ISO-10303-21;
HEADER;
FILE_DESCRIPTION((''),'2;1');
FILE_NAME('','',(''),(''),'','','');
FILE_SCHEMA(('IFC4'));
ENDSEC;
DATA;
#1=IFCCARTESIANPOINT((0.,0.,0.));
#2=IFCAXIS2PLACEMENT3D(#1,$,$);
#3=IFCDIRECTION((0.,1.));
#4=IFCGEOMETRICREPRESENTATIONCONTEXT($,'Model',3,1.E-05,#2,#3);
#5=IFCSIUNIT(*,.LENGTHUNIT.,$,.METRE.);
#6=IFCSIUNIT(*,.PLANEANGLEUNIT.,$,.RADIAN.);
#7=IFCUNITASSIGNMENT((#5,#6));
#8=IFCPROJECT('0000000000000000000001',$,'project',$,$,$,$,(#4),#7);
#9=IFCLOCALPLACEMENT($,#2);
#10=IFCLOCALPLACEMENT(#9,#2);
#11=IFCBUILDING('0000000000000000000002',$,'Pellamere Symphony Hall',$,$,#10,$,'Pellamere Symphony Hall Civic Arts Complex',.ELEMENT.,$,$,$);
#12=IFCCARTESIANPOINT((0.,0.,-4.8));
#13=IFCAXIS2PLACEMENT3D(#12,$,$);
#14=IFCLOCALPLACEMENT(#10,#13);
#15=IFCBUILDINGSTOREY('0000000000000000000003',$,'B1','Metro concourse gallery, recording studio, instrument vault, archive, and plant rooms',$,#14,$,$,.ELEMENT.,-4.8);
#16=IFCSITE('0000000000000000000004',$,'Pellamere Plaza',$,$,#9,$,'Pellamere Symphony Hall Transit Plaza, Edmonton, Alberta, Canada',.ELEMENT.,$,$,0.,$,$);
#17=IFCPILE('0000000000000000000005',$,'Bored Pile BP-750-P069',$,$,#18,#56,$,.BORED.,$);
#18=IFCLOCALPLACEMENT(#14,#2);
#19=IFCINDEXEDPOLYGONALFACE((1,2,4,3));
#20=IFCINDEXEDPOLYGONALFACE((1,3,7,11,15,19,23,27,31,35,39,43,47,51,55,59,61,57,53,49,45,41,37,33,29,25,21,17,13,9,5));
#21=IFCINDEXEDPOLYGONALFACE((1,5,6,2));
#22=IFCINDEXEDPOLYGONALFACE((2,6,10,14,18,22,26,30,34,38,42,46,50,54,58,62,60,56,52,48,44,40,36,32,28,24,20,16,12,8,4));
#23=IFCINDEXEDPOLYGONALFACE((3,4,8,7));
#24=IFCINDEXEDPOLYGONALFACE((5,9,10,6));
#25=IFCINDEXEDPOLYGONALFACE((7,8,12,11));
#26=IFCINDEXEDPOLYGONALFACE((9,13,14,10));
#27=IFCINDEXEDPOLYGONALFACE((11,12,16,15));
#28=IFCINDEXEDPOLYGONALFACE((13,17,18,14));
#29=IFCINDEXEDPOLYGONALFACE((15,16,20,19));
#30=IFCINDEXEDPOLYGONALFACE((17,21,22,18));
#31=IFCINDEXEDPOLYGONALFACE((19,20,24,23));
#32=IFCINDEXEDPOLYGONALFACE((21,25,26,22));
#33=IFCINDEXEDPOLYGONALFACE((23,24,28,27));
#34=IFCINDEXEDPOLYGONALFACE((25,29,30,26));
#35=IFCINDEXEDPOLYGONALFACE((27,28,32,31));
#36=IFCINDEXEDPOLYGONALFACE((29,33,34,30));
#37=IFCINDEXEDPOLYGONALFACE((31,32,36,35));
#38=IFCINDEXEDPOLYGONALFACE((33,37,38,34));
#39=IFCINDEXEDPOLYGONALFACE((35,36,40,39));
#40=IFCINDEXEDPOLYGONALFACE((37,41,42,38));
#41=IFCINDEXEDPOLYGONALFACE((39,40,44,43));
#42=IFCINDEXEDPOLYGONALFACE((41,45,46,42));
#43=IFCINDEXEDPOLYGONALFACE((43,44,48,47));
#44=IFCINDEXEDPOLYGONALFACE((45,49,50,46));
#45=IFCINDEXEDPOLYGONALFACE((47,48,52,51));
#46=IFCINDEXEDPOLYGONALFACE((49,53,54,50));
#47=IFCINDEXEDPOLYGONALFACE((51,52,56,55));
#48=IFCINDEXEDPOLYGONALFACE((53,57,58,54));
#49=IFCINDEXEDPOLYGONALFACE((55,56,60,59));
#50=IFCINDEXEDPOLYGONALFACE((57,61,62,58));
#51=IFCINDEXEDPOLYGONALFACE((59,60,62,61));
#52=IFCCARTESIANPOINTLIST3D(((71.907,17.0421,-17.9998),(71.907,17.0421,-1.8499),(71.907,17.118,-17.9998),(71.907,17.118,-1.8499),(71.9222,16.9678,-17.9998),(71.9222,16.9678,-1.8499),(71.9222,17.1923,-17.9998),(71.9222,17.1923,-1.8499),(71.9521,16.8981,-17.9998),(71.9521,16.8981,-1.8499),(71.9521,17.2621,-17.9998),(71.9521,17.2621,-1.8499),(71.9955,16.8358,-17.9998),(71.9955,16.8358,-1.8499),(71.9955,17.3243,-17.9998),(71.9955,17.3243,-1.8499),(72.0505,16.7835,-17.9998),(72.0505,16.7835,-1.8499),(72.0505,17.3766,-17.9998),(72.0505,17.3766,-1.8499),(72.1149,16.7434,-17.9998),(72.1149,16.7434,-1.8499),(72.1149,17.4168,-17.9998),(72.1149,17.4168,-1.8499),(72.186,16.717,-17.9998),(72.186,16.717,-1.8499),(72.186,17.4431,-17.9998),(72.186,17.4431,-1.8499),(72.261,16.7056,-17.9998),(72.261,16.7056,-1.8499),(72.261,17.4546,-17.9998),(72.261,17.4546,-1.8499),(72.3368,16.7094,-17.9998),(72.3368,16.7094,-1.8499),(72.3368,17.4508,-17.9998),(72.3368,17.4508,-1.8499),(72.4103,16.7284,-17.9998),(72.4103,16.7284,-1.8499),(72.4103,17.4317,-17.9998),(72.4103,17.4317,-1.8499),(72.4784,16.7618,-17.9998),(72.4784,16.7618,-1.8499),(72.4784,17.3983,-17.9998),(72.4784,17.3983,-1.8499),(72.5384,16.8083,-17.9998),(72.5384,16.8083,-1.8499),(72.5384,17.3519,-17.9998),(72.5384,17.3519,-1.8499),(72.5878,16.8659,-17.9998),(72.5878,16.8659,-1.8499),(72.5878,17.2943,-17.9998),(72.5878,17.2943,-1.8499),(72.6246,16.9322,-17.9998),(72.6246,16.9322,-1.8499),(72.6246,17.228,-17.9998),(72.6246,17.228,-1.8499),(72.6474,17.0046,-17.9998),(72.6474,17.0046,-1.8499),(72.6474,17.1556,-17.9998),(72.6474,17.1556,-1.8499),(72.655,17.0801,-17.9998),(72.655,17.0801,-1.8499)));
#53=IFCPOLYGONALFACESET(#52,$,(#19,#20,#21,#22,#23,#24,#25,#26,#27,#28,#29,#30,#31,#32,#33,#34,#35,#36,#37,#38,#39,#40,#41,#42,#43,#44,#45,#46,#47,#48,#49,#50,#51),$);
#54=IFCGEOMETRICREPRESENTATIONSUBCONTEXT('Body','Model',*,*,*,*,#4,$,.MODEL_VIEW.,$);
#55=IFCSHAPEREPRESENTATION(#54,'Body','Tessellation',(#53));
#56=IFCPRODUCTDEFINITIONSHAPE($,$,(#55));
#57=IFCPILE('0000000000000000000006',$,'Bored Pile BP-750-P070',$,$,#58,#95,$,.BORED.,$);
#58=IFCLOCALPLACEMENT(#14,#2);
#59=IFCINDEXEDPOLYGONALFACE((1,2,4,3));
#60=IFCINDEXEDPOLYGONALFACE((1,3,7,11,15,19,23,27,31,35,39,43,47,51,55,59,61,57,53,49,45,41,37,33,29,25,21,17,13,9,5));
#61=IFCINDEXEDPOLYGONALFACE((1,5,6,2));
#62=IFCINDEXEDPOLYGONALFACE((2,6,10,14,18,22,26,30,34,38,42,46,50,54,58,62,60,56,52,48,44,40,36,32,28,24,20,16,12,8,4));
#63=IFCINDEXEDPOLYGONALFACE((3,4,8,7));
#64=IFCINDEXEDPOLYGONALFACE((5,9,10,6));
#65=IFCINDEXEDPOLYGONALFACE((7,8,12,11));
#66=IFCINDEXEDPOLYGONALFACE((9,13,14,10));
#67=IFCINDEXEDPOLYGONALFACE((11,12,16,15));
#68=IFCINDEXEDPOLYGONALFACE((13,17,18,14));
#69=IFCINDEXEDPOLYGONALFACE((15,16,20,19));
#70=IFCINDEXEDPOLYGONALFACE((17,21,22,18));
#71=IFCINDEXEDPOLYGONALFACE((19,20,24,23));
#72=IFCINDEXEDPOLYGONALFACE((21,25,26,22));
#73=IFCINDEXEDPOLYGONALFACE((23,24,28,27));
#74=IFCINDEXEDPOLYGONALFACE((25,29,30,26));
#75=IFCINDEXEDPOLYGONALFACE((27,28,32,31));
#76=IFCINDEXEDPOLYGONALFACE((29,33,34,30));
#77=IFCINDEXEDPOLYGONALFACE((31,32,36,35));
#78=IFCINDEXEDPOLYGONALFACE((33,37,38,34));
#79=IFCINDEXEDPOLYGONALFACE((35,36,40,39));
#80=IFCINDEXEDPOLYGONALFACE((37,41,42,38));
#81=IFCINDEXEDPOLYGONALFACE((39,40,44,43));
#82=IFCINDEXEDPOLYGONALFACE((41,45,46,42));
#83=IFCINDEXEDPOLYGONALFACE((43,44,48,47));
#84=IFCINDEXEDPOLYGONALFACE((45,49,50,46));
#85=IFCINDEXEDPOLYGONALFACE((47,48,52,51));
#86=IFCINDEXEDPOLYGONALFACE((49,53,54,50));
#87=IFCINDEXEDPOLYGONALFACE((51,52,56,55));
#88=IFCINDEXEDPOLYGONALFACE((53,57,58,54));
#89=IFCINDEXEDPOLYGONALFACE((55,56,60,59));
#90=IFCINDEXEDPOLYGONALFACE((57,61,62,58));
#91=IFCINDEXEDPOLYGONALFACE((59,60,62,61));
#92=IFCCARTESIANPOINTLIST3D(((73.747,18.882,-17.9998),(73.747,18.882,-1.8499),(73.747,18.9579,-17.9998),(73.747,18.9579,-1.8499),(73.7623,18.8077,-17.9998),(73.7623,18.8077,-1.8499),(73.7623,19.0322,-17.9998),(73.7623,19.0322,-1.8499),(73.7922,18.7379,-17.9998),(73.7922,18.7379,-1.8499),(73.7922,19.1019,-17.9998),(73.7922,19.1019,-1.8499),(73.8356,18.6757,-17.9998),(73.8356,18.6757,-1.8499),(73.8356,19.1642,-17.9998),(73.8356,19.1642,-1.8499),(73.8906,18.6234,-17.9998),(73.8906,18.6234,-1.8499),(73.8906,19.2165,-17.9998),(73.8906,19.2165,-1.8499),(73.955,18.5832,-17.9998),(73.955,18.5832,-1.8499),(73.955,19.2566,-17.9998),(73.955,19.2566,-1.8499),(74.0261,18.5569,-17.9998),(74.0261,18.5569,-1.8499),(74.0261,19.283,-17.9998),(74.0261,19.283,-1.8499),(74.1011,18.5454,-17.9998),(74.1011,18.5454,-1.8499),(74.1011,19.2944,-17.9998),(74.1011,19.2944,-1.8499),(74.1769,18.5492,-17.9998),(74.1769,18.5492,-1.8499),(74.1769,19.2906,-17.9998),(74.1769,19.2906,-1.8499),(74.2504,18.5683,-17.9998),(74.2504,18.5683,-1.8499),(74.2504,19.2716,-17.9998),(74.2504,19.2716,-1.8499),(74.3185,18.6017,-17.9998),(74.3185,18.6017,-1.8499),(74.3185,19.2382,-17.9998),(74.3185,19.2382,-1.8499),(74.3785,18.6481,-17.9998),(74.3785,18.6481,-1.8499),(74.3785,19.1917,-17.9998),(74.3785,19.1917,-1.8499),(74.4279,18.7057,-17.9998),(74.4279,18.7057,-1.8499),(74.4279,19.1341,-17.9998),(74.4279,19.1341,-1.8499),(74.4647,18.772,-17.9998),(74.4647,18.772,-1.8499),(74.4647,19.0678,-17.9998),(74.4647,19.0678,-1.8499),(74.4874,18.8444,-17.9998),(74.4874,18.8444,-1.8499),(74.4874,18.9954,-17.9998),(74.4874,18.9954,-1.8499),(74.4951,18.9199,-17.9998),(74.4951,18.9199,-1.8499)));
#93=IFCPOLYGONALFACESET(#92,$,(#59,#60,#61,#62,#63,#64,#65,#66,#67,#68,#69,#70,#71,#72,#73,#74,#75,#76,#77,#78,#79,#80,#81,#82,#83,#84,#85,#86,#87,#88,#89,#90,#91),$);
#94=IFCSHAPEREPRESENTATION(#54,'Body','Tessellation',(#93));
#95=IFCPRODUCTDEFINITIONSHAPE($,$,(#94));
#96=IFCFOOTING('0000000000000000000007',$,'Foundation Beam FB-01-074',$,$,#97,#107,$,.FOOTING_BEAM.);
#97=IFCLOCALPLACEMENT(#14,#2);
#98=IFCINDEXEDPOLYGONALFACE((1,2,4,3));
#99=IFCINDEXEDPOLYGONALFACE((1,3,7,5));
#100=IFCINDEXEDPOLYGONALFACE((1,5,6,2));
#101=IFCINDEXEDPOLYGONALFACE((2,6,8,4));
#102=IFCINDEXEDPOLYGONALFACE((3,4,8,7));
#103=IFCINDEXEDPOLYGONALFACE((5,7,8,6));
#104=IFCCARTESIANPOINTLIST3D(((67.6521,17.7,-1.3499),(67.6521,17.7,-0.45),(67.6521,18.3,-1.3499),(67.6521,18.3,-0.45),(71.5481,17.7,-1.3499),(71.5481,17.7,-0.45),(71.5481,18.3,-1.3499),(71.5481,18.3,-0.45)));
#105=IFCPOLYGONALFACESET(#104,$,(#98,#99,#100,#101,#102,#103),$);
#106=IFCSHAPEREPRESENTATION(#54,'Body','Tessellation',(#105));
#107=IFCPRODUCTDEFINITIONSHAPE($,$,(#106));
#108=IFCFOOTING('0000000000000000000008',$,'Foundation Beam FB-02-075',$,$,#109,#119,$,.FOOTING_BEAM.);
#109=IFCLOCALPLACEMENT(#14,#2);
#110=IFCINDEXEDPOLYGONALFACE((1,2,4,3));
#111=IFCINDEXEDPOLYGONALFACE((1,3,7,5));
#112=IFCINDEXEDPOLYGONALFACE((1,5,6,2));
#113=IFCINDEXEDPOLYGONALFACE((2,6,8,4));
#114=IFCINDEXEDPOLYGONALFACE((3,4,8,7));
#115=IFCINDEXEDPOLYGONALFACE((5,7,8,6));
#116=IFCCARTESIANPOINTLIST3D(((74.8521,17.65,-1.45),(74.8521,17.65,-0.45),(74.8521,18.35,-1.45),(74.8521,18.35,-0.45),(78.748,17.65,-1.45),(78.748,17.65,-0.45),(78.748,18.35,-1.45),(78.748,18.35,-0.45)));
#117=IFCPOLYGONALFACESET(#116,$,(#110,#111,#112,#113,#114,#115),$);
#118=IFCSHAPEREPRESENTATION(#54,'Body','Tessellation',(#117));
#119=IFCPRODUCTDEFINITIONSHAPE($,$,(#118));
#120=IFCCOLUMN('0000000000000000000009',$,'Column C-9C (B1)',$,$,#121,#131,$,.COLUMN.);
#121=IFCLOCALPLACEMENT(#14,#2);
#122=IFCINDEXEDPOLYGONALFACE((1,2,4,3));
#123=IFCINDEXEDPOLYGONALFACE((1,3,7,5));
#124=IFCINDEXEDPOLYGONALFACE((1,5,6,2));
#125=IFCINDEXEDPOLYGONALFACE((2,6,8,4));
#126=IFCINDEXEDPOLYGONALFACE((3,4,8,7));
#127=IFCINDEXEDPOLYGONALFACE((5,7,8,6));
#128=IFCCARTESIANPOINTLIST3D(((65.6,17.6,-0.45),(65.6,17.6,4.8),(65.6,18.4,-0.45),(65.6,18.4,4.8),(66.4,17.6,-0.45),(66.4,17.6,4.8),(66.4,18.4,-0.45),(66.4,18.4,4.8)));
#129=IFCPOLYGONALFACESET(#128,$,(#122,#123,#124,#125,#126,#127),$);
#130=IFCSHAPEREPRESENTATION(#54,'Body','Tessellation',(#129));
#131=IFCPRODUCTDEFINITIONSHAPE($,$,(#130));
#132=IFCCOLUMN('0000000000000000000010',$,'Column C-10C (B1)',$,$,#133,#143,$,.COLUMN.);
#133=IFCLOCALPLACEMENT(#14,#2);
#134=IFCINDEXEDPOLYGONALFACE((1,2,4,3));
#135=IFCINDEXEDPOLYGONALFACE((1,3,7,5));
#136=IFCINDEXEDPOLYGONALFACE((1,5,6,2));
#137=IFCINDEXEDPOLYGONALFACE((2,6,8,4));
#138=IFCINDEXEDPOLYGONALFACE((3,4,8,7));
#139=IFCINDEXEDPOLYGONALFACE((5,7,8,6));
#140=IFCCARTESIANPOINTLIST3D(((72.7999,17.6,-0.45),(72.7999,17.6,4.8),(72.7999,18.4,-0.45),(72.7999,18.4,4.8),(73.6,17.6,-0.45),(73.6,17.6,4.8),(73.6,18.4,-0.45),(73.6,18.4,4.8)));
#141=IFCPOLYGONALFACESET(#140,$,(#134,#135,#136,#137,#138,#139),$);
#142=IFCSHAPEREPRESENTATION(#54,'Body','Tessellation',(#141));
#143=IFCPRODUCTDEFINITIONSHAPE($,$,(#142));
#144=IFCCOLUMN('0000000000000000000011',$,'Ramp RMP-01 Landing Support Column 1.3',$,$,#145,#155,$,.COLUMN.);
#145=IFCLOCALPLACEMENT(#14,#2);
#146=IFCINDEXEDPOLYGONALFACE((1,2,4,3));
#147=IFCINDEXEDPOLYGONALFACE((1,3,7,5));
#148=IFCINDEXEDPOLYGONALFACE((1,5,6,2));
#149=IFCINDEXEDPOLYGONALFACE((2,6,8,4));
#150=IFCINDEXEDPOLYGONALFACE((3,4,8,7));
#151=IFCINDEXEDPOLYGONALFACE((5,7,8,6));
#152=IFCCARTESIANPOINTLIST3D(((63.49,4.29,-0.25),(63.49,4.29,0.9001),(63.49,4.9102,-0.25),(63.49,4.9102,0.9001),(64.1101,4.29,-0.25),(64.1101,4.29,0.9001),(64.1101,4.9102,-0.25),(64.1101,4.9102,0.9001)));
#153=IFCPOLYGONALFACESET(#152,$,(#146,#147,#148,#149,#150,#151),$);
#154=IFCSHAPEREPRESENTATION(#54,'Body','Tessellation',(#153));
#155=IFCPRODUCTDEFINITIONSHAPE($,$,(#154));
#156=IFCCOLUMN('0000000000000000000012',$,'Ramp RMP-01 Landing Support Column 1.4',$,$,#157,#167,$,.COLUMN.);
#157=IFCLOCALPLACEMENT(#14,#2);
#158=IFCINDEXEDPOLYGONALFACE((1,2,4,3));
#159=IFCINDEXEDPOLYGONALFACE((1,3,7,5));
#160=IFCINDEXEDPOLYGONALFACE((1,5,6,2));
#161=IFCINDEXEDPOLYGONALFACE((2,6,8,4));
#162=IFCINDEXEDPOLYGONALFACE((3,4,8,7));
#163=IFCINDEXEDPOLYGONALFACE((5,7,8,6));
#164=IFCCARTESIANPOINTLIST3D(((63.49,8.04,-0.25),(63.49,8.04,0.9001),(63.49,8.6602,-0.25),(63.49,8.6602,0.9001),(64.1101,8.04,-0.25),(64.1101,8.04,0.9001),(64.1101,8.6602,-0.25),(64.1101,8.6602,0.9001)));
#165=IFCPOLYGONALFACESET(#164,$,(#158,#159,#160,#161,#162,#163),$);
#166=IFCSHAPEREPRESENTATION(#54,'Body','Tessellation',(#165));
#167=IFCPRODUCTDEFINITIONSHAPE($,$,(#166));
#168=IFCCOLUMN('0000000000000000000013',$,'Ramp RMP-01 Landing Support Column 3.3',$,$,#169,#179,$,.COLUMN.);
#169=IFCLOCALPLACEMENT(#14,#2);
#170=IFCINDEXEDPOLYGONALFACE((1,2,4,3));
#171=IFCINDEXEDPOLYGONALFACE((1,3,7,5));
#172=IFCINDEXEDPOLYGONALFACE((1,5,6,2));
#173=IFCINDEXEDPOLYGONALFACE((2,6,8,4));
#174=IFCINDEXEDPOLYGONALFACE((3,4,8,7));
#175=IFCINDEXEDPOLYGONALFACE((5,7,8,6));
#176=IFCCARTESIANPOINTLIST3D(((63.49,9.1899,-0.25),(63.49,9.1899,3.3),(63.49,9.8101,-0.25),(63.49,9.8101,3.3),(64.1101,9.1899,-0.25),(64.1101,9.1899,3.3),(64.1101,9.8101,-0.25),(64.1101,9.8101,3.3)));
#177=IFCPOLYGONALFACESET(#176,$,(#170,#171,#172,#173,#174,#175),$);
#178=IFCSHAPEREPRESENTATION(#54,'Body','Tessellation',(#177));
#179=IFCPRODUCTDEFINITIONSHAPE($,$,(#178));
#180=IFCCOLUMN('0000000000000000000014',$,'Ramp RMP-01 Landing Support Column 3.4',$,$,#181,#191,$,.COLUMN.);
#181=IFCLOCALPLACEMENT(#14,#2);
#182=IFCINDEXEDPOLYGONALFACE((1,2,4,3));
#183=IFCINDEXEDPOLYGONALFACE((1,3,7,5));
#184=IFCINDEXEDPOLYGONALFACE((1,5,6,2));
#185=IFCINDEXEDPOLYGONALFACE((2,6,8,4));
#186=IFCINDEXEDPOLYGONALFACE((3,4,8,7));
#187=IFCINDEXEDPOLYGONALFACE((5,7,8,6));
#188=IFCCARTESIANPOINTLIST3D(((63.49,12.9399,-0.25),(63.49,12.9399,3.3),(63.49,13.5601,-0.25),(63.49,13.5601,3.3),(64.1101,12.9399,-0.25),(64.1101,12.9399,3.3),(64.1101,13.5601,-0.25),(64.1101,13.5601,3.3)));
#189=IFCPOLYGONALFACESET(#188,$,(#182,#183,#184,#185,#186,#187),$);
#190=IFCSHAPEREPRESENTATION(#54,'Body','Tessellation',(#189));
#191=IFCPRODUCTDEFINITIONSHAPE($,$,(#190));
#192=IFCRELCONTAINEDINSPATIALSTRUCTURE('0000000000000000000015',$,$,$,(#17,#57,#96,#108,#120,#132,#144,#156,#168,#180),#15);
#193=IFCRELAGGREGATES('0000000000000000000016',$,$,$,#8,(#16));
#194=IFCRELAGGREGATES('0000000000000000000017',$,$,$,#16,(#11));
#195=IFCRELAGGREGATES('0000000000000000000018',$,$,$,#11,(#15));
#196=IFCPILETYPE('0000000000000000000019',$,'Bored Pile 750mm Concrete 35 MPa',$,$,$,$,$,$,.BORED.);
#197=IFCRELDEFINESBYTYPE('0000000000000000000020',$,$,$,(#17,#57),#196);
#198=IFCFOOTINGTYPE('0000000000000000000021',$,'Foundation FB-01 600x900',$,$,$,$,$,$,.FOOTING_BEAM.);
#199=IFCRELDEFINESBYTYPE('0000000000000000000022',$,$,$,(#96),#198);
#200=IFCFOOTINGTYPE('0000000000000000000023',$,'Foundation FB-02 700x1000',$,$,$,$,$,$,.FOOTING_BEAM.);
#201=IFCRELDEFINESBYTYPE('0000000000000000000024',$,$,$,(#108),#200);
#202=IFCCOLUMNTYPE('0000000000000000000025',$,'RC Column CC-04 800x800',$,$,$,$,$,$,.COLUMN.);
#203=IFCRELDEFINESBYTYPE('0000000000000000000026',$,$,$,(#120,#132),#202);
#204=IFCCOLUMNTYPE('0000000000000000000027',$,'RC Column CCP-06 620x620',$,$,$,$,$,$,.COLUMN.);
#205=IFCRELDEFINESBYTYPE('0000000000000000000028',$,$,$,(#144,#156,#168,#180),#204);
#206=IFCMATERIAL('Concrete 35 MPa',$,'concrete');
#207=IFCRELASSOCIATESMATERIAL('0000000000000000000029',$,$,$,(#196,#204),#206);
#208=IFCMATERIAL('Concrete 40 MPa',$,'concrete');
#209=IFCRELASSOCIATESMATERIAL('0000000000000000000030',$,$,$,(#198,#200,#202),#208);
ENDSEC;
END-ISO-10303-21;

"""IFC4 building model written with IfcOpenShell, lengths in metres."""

from ifc_helpers import new_model, si_unit, direction, frame, origin, origin_2d, place, context, subcontext, project, spatial, rectangle, circle, extrude, material, material_profile, profile_set, type_object, element, save


model = new_model("IFC4")

# Units and contexts
model_context = context("Model", 3, precision=1e-05, world=origin(), true_north=direction((0.0, 1.0)))
body_context = subcontext(model_context, "Body", "Model", "MODEL_VIEW")
ifc_project = project(units=[si_unit("LENGTHUNIT", "METRE"), si_unit("PLANEANGLEUNIT", "RADIAN")], contexts=[model_context])

# Site, building, storey
site_placement = place(None, origin())
site = spatial("IfcSite", under=ifc_project, at=site_placement, Name="Pellamere Plaza", LongName="Pellamere Symphony Hall Transit Plaza, Edmonton, Alberta, Canada", CompositionType="ELEMENT", RefElevation=0.0)
building_placement = place(site_placement, origin())
building = spatial("IfcBuilding", under=site, at=building_placement, Name="Pellamere Symphony Hall", LongName="Pellamere Symphony Hall Civic Arts Complex", CompositionType="ELEMENT")
storey_placement = place(building_placement, frame((0.0, 0.0, -4.8)))
storey = spatial("IfcBuildingStorey", under=building, at=storey_placement, Name="B1", Description="Metro concourse gallery, recording studio, instrument vault, archive, and plant rooms", CompositionType="ELEMENT", Elevation=-4.8)

# Piles
ifc_material_1 = material(Name="Concrete 35 MPa", Category="concrete")
ifc_material_profile_1 = material_profile(ifc_material_1, circle(Radius=0.375, at=origin_2d()), Name="PILE D750")
ifc_profile_set_1 = profile_set([ifc_material_profile_1], Name="Concrete 35 MPa")
pile_type = type_object("IfcPileType", Name="Bored Pile 750mm Concrete 35 MPa", PredefinedType="BORED", material=ifc_profile_set_1)
for number, where, z_axis, x_axis, name in (
    (1, (72.28, 17.0801, -1.8499), (0.0, 0.0, -1.0), (1.0, 0.0, 0.0), "Bored Pile BP-750-P069"),
    (2, (74.1201, 18.9199, -1.8499), (0.0, 0.0, -1.0), (1.0, 0.0, 0.0), "Bored Pile BP-750-P070"),
):
    element("IfcPile", number, at=place(storey_placement, frame(where, z_axis=z_axis, x_axis=x_axis)), inside=storey, type_object=pile_type, Name=name, PredefinedType="BORED", context=body_context, shape_type="SweptSolid", body=[
        extrude(circle(Radius=0.375, at=origin_2d()), origin(), (0.0, 0.0, 1.0), 16.1499),
    ])

# Footings
ifc_material_2 = material(Name="Concrete 40 MPa", Category="concrete")
ifc_material_profile_2 = material_profile(ifc_material_2, rectangle(XDim=0.6001, YDim=0.8999, at=origin_2d()), Name="RC 600x900")
ifc_profile_set_2 = profile_set([ifc_material_profile_2], Name="Concrete 40 MPa")
footing_type_1 = type_object("IfcFootingType", Name="Foundation FB-01 600x900", PredefinedType="FOOTING_BEAM", material=ifc_profile_set_2)
footing_1_placement = place(storey_placement, frame((67.6521, 18.0, -0.8999), z_axis=(1.0, 0.0, 0.0), x_axis=(0.0, 1.0, 0.0)))
element("IfcFooting", 3, at=footing_1_placement, inside=storey, type_object=footing_type_1, Name="Foundation Beam FB-01-074", PredefinedType="FOOTING_BEAM", context=body_context, shape_type="SweptSolid", body=[
    extrude(rectangle(XDim=0.6001, YDim=0.8999, at=origin_2d()), origin(), (0.0, 0.0, 1.0), 3.896),
])
ifc_material_profile_3 = material_profile(ifc_material_2, rectangle(XDim=0.7, YDim=1.0, at=origin_2d()), Name="RC 700x1000")
ifc_profile_set_3 = profile_set([ifc_material_profile_3], Name="Concrete 40 MPa")
footing_type_2 = type_object("IfcFootingType", Name="Foundation FB-02 700x1000", PredefinedType="FOOTING_BEAM", material=ifc_profile_set_3)
footing_2_placement = place(storey_placement, frame((74.8521, 18.0, -0.95), z_axis=(1.0, 0.0, 0.0), x_axis=(0.0, 1.0, 0.0)))
element("IfcFooting", 4, at=footing_2_placement, inside=storey, type_object=footing_type_2, Name="Foundation Beam FB-02-075", PredefinedType="FOOTING_BEAM", context=body_context, shape_type="SweptSolid", body=[
    extrude(rectangle(XDim=0.7, YDim=1.0, at=origin_2d()), origin(), (0.0, 0.0, 1.0), 3.896),
])

# Columns
ifc_material_profile_4 = material_profile(ifc_material_2, rectangle(XDim=0.8, YDim=0.8, at=origin_2d()), Name="RC 800x800")
ifc_profile_set_4 = profile_set([ifc_material_profile_4], Name="Concrete 40 MPa")
column_type_1 = type_object("IfcColumnType", Name="RC Column CC-04 800x800", PredefinedType="COLUMN", material=ifc_profile_set_4)
for number, where, z_axis, x_axis, name in (
    (5, (66.0, 18.0, -0.45), (0.0, 0.0, 1.0), (1.0, 0.0, 0.0), "Column C-9C (B1)"),
    (6, (73.2, 18.0, -0.45), (0.0, 0.0, 1.0), (1.0, 0.0, 0.0), "Column C-10C (B1)"),
):
    element("IfcColumn", number, at=place(storey_placement, frame(where, z_axis=z_axis, x_axis=x_axis)), inside=storey, type_object=column_type_1, Name=name, PredefinedType="COLUMN", context=body_context, shape_type="SweptSolid", body=[
        extrude(rectangle(XDim=0.8, YDim=0.8, at=origin_2d()), origin(), (0.0, 0.0, 1.0), 5.25),
    ])
ifc_material_profile_5 = material_profile(ifc_material_1, rectangle(XDim=0.6201, YDim=0.6201, at=origin_2d()), Name="RC 620x620")
ifc_profile_set_5 = profile_set([ifc_material_profile_5], Name="Concrete 35 MPa")
column_type_2 = type_object("IfcColumnType", Name="RC Column CCP-06 620x620", PredefinedType="COLUMN", material=ifc_profile_set_5)
for number, where, z_axis, x_axis, name in (
    (7, (63.8, 4.6001, -0.25), (0.0, 0.0, 1.0), (1.0, 0.0, 0.0), "Ramp RMP-01 Landing Support Column 1.3"),
    (8, (63.8, 8.3501, -0.25), (0.0, 0.0, 1.0), (1.0, 0.0, 0.0), "Ramp RMP-01 Landing Support Column 1.4"),
):
    element("IfcColumn", number, at=place(storey_placement, frame(where, z_axis=z_axis, x_axis=x_axis)), inside=storey, type_object=column_type_2, Name=name, PredefinedType="COLUMN", context=body_context, shape_type="SweptSolid", body=[
        extrude(rectangle(XDim=0.6201, YDim=0.6201, at=origin_2d()), origin(), (0.0, 0.0, 1.0), 1.1501),
    ])
for number, where, z_axis, x_axis, name in (
    (9, (63.8, 9.5, -0.25), (0.0, 0.0, 1.0), (1.0, 0.0, 0.0), "Ramp RMP-01 Landing Support Column 3.3"),
    (10, (63.8, 13.25, -0.25), (0.0, 0.0, 1.0), (1.0, 0.0, 0.0), "Ramp RMP-01 Landing Support Column 3.4"),
):
    element("IfcColumn", number, at=place(storey_placement, frame(where, z_axis=z_axis, x_axis=x_axis)), inside=storey, type_object=column_type_2, Name=name, PredefinedType="COLUMN", context=body_context, shape_type="SweptSolid", body=[
        extrude(rectangle(XDim=0.6201, YDim=0.6201, at=origin_2d()), origin(), (0.0, 0.0, 1.0), 3.55),
    ])

save(model, "model.ifc")
